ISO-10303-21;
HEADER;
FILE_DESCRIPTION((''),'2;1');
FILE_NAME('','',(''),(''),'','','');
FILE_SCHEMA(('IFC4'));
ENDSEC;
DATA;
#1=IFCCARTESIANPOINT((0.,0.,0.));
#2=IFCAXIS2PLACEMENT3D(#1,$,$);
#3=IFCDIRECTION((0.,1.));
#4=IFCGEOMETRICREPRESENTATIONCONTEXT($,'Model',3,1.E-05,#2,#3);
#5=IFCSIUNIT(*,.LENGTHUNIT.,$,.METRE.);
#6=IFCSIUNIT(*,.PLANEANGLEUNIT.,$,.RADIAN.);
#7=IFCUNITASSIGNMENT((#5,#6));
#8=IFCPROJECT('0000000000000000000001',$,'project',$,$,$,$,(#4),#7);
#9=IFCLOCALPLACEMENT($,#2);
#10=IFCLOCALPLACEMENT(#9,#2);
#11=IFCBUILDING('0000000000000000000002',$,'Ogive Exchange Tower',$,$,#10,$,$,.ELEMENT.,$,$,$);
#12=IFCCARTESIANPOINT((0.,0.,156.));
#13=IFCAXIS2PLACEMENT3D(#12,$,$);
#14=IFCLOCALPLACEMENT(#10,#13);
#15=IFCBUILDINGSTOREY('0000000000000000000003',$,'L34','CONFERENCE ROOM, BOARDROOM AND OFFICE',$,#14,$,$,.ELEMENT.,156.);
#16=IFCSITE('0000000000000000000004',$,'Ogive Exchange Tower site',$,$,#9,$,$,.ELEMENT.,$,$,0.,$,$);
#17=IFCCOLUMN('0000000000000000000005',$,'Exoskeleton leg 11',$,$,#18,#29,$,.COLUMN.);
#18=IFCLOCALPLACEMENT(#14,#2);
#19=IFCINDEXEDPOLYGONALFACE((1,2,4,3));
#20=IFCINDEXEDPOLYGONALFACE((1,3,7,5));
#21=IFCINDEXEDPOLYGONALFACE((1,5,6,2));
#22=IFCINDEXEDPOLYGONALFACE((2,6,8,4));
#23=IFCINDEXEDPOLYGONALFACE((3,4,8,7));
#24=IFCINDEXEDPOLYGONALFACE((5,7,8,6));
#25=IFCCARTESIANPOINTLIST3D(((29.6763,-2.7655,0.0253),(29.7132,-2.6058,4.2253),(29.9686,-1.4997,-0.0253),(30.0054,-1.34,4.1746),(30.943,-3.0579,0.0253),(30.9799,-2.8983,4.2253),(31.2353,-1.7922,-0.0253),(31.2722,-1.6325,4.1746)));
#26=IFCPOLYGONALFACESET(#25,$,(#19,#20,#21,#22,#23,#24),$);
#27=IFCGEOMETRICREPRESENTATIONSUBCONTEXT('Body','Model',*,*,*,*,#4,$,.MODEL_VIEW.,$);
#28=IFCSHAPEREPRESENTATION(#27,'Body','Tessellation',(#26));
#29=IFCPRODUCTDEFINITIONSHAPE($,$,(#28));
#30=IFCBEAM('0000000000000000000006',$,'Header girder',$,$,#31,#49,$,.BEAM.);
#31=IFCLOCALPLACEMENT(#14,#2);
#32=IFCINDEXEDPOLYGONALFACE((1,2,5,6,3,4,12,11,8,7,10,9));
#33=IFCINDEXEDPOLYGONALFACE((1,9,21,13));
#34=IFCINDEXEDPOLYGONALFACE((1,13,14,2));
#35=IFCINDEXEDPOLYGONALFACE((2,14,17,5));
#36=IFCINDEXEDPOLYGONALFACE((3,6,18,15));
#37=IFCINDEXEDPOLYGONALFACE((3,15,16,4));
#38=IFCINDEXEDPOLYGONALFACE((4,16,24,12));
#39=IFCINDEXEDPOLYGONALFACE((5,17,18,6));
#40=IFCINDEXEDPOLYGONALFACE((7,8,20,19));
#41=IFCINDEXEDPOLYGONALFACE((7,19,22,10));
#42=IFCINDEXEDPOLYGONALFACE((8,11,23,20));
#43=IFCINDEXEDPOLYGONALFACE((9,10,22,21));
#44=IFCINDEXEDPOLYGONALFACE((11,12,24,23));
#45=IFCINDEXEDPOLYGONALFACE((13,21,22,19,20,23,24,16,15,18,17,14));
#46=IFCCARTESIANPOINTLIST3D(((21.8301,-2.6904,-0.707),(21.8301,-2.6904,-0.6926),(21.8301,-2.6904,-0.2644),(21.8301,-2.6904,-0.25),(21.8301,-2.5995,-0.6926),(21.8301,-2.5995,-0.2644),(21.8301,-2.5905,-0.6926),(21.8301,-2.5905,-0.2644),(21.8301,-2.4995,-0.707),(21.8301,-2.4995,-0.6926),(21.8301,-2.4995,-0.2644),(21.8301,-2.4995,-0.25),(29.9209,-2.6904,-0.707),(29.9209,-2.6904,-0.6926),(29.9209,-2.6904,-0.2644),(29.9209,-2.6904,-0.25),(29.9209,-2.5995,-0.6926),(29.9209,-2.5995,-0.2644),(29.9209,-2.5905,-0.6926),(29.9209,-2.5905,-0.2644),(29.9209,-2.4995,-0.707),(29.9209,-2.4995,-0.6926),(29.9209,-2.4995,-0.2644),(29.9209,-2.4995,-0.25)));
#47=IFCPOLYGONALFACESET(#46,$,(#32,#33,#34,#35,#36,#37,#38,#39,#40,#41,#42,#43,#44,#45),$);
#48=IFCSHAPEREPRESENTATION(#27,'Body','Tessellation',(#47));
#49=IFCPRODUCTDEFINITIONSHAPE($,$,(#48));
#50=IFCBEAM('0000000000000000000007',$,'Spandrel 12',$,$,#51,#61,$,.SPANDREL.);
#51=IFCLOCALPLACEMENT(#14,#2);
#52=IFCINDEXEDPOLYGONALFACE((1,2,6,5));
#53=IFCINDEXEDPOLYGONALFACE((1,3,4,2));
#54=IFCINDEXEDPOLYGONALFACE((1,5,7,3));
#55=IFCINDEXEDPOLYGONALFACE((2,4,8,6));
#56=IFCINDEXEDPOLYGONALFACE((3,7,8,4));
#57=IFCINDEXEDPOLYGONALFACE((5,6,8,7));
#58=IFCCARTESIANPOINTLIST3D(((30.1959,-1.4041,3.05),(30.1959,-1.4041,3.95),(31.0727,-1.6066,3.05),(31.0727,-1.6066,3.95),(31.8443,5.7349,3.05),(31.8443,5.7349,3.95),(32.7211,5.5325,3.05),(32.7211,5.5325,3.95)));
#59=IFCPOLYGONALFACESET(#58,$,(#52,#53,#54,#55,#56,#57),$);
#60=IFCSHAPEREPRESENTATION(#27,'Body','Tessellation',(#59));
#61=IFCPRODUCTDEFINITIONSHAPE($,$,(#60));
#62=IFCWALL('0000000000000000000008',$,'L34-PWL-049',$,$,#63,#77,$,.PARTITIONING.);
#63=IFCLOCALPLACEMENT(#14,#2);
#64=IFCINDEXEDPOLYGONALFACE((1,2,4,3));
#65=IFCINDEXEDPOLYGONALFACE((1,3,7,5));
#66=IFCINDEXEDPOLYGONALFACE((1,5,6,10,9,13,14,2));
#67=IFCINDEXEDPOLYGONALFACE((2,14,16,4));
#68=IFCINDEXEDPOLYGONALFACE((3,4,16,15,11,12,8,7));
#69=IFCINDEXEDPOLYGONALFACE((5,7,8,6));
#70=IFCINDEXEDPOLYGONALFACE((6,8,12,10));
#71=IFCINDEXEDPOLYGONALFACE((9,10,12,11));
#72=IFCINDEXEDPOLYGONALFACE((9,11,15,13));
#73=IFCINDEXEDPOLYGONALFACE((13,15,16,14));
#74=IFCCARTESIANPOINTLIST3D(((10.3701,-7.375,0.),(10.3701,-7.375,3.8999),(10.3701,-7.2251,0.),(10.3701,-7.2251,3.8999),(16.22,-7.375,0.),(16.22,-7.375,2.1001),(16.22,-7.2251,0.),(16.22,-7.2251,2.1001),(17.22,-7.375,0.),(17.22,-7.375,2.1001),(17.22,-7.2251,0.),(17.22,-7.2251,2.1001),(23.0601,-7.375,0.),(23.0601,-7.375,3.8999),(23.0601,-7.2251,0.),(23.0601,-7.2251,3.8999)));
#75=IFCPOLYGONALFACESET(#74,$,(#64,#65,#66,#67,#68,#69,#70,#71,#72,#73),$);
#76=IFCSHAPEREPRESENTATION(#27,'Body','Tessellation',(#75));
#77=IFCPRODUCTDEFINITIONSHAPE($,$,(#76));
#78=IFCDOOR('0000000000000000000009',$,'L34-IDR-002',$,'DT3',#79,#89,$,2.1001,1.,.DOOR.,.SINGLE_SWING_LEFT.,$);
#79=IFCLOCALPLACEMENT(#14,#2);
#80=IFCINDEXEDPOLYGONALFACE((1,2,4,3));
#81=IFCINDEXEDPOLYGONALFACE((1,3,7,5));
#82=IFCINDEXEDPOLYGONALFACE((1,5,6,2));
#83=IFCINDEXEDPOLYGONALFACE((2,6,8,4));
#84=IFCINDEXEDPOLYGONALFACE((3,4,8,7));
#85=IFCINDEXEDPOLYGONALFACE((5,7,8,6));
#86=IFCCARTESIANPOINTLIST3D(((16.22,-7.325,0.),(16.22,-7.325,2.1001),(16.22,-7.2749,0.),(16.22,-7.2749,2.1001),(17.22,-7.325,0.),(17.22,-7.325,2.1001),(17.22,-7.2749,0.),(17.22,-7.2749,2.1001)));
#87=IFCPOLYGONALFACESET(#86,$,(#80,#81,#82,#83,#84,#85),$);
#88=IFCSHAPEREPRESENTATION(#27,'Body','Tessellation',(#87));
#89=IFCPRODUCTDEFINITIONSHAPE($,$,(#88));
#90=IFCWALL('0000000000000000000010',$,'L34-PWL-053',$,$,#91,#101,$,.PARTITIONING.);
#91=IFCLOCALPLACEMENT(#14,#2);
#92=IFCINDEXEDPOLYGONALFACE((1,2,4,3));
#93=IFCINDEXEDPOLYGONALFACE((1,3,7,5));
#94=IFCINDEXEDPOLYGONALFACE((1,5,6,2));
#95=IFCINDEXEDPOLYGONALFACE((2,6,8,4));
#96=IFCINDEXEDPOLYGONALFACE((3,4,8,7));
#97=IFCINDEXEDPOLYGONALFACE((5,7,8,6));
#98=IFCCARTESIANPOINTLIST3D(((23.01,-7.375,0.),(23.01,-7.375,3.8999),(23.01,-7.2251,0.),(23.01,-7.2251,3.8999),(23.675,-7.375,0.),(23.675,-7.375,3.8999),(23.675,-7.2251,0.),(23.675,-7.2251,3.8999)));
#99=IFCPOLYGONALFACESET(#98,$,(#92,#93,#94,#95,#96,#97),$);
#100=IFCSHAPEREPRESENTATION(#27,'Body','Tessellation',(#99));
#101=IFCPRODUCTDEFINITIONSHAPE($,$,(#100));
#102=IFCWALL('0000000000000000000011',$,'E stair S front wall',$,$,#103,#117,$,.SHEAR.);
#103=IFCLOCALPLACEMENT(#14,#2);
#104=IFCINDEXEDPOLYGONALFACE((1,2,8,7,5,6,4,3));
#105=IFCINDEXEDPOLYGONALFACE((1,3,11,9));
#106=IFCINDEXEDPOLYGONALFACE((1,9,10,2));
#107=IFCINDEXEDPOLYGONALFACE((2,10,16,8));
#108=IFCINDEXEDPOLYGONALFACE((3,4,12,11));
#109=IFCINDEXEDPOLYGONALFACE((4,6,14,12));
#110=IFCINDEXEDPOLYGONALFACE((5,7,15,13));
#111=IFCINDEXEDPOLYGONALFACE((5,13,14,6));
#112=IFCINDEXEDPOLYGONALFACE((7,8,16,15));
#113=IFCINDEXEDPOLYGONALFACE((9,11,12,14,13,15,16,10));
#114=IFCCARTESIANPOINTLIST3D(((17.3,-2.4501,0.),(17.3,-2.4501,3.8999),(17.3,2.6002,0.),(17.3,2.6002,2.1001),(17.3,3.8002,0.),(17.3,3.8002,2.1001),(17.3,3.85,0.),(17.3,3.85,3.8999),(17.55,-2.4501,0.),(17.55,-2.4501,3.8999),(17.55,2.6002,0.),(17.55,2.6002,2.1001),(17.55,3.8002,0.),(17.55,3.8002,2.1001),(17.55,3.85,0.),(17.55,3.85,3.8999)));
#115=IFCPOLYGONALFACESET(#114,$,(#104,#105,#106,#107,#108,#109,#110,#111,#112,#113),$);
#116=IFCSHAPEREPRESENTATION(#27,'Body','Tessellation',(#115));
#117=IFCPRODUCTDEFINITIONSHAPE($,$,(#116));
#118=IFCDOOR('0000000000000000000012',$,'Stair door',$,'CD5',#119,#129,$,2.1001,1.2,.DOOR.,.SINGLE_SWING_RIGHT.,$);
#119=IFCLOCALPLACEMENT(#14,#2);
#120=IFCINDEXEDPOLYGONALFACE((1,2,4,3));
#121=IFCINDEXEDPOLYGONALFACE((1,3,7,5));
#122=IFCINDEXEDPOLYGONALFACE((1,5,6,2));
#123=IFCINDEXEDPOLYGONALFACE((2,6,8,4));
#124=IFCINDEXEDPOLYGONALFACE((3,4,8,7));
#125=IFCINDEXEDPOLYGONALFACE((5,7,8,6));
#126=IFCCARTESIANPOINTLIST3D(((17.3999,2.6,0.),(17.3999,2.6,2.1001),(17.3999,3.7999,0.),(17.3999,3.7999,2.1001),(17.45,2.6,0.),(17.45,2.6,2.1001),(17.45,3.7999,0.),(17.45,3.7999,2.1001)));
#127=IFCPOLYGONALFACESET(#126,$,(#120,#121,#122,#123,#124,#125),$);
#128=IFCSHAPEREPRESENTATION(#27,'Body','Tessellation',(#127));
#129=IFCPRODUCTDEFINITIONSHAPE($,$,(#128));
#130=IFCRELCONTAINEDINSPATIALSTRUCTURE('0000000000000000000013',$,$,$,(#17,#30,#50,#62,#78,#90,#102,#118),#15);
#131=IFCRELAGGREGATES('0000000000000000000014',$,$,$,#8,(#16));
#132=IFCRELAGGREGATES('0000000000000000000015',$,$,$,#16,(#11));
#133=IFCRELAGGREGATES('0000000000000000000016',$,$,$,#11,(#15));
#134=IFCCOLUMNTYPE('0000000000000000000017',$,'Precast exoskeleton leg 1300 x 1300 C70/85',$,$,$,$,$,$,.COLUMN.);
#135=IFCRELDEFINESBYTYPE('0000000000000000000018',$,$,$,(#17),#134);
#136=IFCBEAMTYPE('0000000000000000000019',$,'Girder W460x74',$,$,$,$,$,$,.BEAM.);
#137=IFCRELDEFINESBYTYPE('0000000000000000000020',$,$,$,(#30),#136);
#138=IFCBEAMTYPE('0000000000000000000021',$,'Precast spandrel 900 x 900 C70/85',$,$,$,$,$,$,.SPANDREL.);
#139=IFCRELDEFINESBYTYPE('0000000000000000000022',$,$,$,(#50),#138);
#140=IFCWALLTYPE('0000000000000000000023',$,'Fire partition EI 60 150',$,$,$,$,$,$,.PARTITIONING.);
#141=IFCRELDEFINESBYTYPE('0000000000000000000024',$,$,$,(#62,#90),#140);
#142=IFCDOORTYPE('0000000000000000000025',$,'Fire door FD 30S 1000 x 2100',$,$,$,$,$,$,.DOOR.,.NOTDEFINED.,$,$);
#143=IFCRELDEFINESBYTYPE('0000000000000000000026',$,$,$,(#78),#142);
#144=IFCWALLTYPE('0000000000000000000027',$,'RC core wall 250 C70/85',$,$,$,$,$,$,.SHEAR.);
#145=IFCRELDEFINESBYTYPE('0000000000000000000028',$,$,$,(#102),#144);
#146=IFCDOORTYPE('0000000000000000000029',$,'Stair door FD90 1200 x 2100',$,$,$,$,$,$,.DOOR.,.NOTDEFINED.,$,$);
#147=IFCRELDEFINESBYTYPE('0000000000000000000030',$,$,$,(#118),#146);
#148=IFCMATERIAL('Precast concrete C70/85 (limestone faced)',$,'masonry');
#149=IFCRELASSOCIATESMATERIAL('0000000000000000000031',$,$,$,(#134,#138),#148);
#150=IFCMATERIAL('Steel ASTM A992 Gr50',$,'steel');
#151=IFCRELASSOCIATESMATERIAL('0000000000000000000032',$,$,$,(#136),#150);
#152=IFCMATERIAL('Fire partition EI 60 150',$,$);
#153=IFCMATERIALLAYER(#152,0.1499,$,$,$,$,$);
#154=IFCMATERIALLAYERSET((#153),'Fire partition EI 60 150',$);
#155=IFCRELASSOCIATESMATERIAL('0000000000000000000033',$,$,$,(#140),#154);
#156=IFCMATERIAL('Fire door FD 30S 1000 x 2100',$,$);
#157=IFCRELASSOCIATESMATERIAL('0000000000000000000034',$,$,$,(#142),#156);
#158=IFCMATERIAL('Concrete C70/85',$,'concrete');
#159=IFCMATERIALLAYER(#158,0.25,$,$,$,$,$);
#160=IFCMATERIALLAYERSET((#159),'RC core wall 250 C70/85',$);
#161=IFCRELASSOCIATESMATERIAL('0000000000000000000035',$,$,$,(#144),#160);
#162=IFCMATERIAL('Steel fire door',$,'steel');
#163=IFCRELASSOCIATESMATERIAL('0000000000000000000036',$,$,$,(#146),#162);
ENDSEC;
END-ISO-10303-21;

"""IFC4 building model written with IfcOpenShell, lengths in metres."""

from ifc_helpers import new_model, si_unit, direction, frame, frame_2d, origin, origin_2d, place, context, subcontext, project, spatial, rectangle, i_section, extrude, material, layer, layer_set, material_profile, profile_set, type_object, element, fill, save


model = new_model("IFC4")

# Units and contexts
model_context = context("Model", 3, precision=1e-05, world=origin(), true_north=direction((0.0, 1.0)))
body_context = subcontext(model_context, "Body", "Model", "MODEL_VIEW")
ifc_project = project(units=[si_unit("LENGTHUNIT", "METRE"), si_unit("PLANEANGLEUNIT", "RADIAN")], contexts=[model_context])

# Site, building, storey
site_placement = place(None, origin())
site = spatial("IfcSite", under=ifc_project, at=site_placement, Name="Ogive Exchange Tower site", CompositionType="ELEMENT", RefElevation=0.0)
building_placement = place(site_placement, origin())
building = spatial("IfcBuilding", under=site, at=building_placement, Name="Ogive Exchange Tower", CompositionType="ELEMENT")
storey_placement = place(building_placement, frame((0.0, 0.0, 156.0)))
storey = spatial("IfcBuildingStorey", under=building, at=storey_placement, Name="L34", Description="CONFERENCE ROOM, BOARDROOM AND OFFICE", CompositionType="ELEMENT", Elevation=156.0)

# Column
ifc_material_1 = material(Name="Precast concrete C70/85 (limestone faced)", Category="masonry")
ifc_material_profile_1 = material_profile(ifc_material_1, rectangle(XDim=1.3, YDim=1.3, at=origin_2d()), Name="1300 x 1300")
ifc_profile_set_1 = profile_set([ifc_material_profile_1], Name="Precast concrete C70/85 (limestone faced)")
column_type = type_object("IfcColumnType", Name="Precast exoskeleton leg 1300 x 1300 C70/85", PredefinedType="COLUMN", material=ifc_profile_set_1)
column_placement = place(storey_placement, frame((30.4558, -2.2788, 0.0), z_axis=(0.008771, 0.037988, 0.99924), x_axis=(-0.974366, 0.224968, 0.0)))
element("IfcColumn", 1, at=column_placement, inside=storey, type_object=column_type, Name="Exoskeleton leg 11", PredefinedType="COLUMN", context=body_context, shape_type="SweptSolid", body=[
    extrude(rectangle(XDim=1.3, YDim=1.3, at=origin_2d()), origin(), (0.0, 0.0, 1.0), 4.2031),
])

# Beams
ifc_material_2 = material(Name="Steel ASTM A992 Gr50", Category="steel")
ifc_material_profile_2 = material_profile(ifc_material_2, i_section(OverallWidth=0.1909, OverallDepth=0.457, WebThickness=0.009, FlangeThickness=0.0144, at=origin_2d()), Name="W460x74")
ifc_profile_set_2 = profile_set([ifc_material_profile_2], Name="Steel ASTM A992 Gr50")
beam_type_1 = type_object("IfcBeamType", Name="Girder W460x74", PredefinedType="BEAM", material=ifc_profile_set_2)
beam_1_placement = place(storey_placement, frame((21.8301, -2.595, -0.4785), z_axis=(1.0, 0.0, 0.0), x_axis=(0.0, 1.0, 0.0)))
element("IfcBeam", 2, at=beam_1_placement, inside=storey, type_object=beam_type_1, Name="Header girder", PredefinedType="BEAM", context=body_context, shape_type="SweptSolid", body=[
    extrude(i_section(OverallWidth=0.1909, OverallDepth=0.457, WebThickness=0.009, FlangeThickness=0.0144, at=origin_2d()), origin(), (0.0, 0.0, 1.0), 8.0908),
])
ifc_material_profile_3 = material_profile(ifc_material_1, rectangle(XDim=0.8999, YDim=0.8999, at=origin_2d()), Name="900 x 900")
ifc_profile_set_3 = profile_set([ifc_material_profile_3], Name="Precast concrete C70/85 (limestone faced)")
beam_type_2 = type_object("IfcBeamType", Name="Precast spandrel 900 x 900 C70/85", PredefinedType="SPANDREL", material=ifc_profile_set_3)
beam_2_placement = place(storey_placement, frame((30.6343, -1.5054, 3.5), z_axis=(0.224981, 0.974363, 0.0), x_axis=(-0.974363, 0.224981, 0.0)))
element("IfcBeam", 3, at=beam_2_placement, inside=storey, type_object=beam_type_2, Name="Spandrel 12", PredefinedType="SPANDREL", context=body_context, shape_type="SweptSolid", body=[
    extrude(rectangle(XDim=0.8999, YDim=0.8999, at=origin_2d()), origin(), (0.0, 0.0, 1.0), 7.3269),
])

# Wall, opening, door
ifc_material_3 = material(Name="Fire partition EI 60 150")
ifc_layer_1 = layer(ifc_material_3, 0.1499)
ifc_layer_set_1 = layer_set([ifc_layer_1], Name="Fire partition EI 60 150")
wall_type_1 = type_object("IfcWallType", Name="Fire partition EI 60 150", PredefinedType="PARTITIONING", material=ifc_layer_set_1)
wall_1_placement = place(storey_placement, frame((23.0601, -7.3, 0.0), z_axis=(0.0, 0.0, 1.0), x_axis=(-1.0, 0.0, 0.0)))
wall_1 = element("IfcWall", 4, at=wall_1_placement, inside=storey, type_object=wall_type_1, Name="L34-PWL-049", PredefinedType="PARTITIONING", context=body_context, shape_type="SweptSolid", body=[
    extrude(rectangle(XDim=12.6899, YDim=0.1499, at=frame_2d((6.345, 0.0))), origin(), (0.0, 0.0, 1.0), 3.8999),
])
opening_1_placement = place(wall_1_placement, frame((5.8401, 0.0, 0.0)))
opening_1 = element("IfcOpeningElement", 5, at=opening_1_placement, cuts=wall_1, PredefinedType="OPENING", context=body_context, shape_type="SweptSolid", body=[
    extrude(rectangle(XDim=1.0, YDim=2.1001, at=frame_2d((0.5, 1.05))), frame((0.0, 0.085, 0.0), z_axis=(0.0, -1.0, 0.0), x_axis=(1.0, 0.0, 0.0)), (0.0, 0.0, 1.0), 0.1699),
])
ifc_material_4 = material(Name="Fire door FD 30S 1000 x 2100")
door_type_1 = type_object("IfcDoorType", Name="Fire door FD 30S 1000 x 2100", OperationType="NOTDEFINED", PredefinedType="DOOR", material=ifc_material_4)
door_1_placement = place(opening_1_placement, origin())
door_1 = element("IfcDoor", 6, at=door_1_placement, inside=storey, type_object=door_type_1, Name="L34-IDR-002", ObjectType="DT3", OperationType="SINGLE_SWING_LEFT", OverallHeight=2.1001, OverallWidth=1.0, PredefinedType="DOOR", context=body_context, shape_type="SweptSolid", body=[
    extrude(rectangle(XDim=1.0, YDim=2.1001, at=frame_2d((0.5, 1.05))), frame((0.0, 0.0249, 0.0), z_axis=(0.0, -1.0, 0.0), x_axis=(1.0, 0.0, 0.0)), (0.0, 0.0, 1.0), 0.05),
])
fill(opening_1, door_1)

# Wall
wall_2_placement = place(storey_placement, frame((23.675, -7.3, 0.0), z_axis=(0.0, 0.0, 1.0), x_axis=(-1.0, 0.0, 0.0)))
element("IfcWall", 7, at=wall_2_placement, inside=storey, type_object=wall_type_1, Name="L34-PWL-053", PredefinedType="PARTITIONING", context=body_context, shape_type="SweptSolid", body=[
    extrude(rectangle(XDim=0.665, YDim=0.1499, at=frame_2d((0.3325, 0.0))), origin(), (0.0, 0.0, 1.0), 3.8999),
])

# Wall, opening, door
ifc_material_5 = material(Name="Concrete C70/85", Category="concrete")
ifc_layer_2 = layer(ifc_material_5, 0.25)
ifc_layer_set_2 = layer_set([ifc_layer_2], Name="RC core wall 250 C70/85")
wall_type_2 = type_object("IfcWallType", Name="RC core wall 250 C70/85", PredefinedType="SHEAR", material=ifc_layer_set_2)
wall_3_placement = place(storey_placement, frame((17.425, -2.45, 0.0), z_axis=(0.0, 0.0, 1.0), x_axis=(0.0, 1.0, 0.0)))
wall_3 = element("IfcWall", 8, at=wall_3_placement, inside=storey, type_object=wall_type_2, Name="E stair S front wall", PredefinedType="SHEAR", context=body_context, shape_type="SweptSolid", body=[
    extrude(rectangle(XDim=6.3, YDim=0.25, at=frame_2d((3.1499, 0.0))), origin(), (0.0, 0.0, 1.0), 3.8999),
])
opening_2_placement = place(wall_3_placement, frame((5.05, 0.0, 0.0)))
opening_2 = element("IfcOpeningElement", 9, at=opening_2_placement, cuts=wall_3, PredefinedType="OPENING", context=body_context, shape_type="SweptSolid", body=[
    extrude(rectangle(XDim=1.2, YDim=2.1001, at=frame_2d((0.6001, 1.05))), frame((0.0, 0.135, 0.0), z_axis=(0.0, -1.0, 0.0), x_axis=(1.0, 0.0, 0.0)), (0.0, 0.0, 1.0), 0.27),
])
ifc_material_6 = material(Name="Steel fire door", Category="steel")
door_type_2 = type_object("IfcDoorType", Name="Stair door FD90 1200 x 2100", OperationType="NOTDEFINED", PredefinedType="DOOR", material=ifc_material_6)
door_2_placement = place(opening_2_placement, frame((1.2, 0.0, 0.0), z_axis=(0.0, 0.0, 1.0), x_axis=(-1.0, 0.0, 0.0)))
door_2 = element("IfcDoor", 10, at=door_2_placement, inside=storey, type_object=door_type_2, Name="Stair door", ObjectType="CD5", OperationType="SINGLE_SWING_RIGHT", OverallHeight=2.1001, OverallWidth=1.2, PredefinedType="DOOR", context=body_context, shape_type="SweptSolid", body=[
    extrude(rectangle(XDim=1.2, YDim=2.1001, at=frame_2d((0.6001, 1.05))), frame((0.0, 0.0249, 0.0), z_axis=(0.0, -1.0, 0.0), x_axis=(1.0, 0.0, 0.0)), (0.0, 0.0, 1.0), 0.05),
])
fill(opening_2, door_2)

save(model, "model.ifc")
